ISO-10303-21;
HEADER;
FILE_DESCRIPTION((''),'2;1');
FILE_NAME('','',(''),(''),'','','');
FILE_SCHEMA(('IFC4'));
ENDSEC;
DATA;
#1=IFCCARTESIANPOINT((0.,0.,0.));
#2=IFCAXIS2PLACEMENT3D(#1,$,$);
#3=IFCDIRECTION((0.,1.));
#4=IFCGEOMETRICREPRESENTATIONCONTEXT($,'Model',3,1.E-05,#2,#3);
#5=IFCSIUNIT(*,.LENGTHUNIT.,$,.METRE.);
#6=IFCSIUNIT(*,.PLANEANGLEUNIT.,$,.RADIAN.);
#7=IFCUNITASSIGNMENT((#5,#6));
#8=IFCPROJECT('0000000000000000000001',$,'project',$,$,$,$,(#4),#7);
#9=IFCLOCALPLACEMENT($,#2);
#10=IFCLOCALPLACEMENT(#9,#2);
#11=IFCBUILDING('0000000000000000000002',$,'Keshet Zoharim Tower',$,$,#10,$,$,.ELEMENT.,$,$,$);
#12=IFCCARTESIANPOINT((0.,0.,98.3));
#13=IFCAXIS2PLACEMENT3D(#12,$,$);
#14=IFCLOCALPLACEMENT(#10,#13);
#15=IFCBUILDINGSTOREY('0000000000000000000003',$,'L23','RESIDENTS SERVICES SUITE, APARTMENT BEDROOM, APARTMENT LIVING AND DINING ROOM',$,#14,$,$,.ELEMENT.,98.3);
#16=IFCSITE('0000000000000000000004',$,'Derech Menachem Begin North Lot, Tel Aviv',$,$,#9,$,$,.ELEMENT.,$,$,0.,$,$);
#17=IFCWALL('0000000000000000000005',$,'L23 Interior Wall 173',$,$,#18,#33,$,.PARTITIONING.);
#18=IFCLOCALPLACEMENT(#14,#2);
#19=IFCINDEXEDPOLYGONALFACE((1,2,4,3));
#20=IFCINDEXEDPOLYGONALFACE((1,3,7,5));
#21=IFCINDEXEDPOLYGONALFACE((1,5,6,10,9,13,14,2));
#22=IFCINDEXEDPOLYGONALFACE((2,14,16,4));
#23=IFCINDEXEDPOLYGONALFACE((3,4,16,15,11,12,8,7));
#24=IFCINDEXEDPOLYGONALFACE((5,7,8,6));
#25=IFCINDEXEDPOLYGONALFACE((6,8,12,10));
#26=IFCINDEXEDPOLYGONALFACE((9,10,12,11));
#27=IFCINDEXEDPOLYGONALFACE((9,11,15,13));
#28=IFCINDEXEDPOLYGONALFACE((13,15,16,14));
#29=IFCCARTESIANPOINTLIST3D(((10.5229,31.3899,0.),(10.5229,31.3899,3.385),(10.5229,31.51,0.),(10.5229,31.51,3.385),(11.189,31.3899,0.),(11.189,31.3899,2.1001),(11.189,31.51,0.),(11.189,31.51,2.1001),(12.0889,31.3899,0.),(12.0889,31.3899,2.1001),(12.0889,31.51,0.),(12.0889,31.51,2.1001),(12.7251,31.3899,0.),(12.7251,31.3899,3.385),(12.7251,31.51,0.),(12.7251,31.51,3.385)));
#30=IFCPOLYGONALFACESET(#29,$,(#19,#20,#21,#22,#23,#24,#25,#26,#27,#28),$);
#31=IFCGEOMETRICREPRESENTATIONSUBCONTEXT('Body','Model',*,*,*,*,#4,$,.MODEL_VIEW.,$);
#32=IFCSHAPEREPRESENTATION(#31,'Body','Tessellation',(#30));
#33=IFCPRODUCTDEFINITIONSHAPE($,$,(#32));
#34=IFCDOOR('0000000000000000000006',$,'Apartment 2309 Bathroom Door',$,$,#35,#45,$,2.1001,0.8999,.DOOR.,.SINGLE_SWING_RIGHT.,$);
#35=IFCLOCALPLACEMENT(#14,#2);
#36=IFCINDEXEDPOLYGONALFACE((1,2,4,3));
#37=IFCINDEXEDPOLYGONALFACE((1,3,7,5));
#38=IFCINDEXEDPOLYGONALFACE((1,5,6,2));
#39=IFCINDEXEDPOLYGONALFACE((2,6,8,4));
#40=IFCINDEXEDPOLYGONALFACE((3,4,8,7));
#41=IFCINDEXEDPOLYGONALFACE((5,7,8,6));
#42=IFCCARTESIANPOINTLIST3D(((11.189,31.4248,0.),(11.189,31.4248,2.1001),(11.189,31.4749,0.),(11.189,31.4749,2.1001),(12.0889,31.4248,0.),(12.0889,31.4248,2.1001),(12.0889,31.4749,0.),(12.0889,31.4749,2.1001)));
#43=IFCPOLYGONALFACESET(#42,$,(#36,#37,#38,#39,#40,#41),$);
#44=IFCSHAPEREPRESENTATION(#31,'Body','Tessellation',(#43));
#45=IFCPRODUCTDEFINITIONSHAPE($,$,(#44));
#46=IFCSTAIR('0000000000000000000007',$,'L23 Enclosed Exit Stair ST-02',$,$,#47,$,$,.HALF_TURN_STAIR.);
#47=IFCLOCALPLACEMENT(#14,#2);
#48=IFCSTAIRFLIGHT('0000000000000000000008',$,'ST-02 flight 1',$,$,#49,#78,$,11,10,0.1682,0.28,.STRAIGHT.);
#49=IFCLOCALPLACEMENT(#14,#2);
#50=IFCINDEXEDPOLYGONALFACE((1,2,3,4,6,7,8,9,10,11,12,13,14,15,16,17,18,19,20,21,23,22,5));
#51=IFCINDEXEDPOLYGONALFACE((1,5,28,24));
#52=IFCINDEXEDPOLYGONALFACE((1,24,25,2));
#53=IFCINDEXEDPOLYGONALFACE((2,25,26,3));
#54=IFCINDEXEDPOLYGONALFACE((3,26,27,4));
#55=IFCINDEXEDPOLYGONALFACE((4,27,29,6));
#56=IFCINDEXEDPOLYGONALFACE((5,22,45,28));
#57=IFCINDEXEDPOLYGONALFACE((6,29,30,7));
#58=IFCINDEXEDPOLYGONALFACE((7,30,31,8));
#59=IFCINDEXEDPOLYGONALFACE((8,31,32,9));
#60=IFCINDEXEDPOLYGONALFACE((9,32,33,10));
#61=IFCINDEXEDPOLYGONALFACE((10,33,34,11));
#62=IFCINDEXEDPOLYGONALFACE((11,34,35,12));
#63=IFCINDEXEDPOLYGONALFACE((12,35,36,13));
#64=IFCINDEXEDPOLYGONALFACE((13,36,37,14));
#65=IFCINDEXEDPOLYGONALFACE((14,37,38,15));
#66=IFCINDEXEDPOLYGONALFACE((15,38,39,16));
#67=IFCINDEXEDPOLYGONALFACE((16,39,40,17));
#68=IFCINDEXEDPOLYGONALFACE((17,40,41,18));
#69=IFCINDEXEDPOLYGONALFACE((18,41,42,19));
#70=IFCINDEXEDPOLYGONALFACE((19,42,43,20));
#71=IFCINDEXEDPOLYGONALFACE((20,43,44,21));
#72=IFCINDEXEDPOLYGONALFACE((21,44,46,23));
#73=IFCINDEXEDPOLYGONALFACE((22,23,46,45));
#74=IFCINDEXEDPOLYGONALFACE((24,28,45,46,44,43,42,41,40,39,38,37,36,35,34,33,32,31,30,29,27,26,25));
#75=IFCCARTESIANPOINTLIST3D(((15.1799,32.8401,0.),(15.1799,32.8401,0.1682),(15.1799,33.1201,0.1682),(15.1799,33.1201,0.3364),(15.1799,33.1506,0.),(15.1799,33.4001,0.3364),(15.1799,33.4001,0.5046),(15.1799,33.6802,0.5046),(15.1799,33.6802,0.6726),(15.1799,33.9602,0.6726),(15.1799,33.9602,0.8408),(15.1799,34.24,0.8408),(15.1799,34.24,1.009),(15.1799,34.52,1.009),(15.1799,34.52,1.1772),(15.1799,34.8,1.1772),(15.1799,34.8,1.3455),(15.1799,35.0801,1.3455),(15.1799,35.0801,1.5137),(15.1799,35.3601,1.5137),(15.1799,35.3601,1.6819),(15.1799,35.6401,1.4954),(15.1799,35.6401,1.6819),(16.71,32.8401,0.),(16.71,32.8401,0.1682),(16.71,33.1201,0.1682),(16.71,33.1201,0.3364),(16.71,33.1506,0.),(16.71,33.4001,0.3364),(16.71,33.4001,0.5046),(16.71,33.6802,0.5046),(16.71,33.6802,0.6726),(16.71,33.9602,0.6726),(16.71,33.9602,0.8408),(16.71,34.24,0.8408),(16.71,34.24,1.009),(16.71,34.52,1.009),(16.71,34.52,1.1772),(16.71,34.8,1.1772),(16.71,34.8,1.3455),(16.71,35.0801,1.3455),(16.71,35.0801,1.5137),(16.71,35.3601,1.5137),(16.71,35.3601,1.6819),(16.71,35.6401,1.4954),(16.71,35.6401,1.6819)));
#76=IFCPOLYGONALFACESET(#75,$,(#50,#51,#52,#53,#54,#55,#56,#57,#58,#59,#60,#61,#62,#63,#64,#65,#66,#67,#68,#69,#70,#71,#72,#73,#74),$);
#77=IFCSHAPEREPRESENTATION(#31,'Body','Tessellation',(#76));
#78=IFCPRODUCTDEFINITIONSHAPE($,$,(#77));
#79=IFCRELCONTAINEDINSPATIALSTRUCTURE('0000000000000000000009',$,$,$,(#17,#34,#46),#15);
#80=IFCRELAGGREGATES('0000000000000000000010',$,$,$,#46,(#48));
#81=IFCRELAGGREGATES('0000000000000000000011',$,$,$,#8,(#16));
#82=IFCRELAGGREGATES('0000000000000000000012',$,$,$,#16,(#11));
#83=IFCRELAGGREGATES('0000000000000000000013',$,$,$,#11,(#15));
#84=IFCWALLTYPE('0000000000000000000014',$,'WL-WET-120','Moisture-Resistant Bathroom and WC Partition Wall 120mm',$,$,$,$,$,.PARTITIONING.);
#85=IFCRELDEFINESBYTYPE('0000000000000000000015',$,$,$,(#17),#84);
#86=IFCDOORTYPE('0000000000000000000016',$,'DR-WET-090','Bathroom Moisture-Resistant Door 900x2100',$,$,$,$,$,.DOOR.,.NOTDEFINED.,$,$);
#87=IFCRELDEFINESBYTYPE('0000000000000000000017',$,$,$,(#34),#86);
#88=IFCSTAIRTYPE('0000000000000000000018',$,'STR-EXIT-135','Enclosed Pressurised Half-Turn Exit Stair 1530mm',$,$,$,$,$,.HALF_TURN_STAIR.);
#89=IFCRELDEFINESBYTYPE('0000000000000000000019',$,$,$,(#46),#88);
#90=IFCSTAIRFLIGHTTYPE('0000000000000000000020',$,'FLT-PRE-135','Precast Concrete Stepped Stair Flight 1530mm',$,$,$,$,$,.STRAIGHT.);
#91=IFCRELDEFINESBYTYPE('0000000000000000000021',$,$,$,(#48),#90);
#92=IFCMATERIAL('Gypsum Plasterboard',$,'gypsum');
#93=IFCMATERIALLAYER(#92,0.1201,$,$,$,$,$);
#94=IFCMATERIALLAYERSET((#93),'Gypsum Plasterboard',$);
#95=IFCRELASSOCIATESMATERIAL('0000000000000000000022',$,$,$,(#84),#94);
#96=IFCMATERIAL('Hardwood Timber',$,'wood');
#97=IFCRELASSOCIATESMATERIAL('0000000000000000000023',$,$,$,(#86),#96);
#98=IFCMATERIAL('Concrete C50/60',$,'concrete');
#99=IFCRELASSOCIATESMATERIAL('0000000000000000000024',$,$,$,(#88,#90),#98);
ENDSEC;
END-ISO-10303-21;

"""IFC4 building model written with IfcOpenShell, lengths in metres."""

from ifc_helpers import new_model, si_unit, direction, frame, frame_2d, origin, place, context, subcontext, project, spatial, polyline, rectangle, outline, extrude, material, layer, layer_set, type_object, element, fill, aggregate, save


model = new_model("IFC4")

# Units and contexts
model_context = context("Model", 3, precision=1e-05, world=origin(), true_north=direction((0.0, 1.0)))
body_context = subcontext(model_context, "Body", "Model", "MODEL_VIEW")
ifc_project = project(units=[si_unit("LENGTHUNIT", "METRE"), si_unit("PLANEANGLEUNIT", "RADIAN")], contexts=[model_context])

# Site, building, storey
site_placement = place(None, origin())
site = spatial("IfcSite", under=ifc_project, at=site_placement, Name="Derech Menachem Begin North Lot, Tel Aviv", CompositionType="ELEMENT", RefElevation=0.0)
building_placement = place(site_placement, origin())
building = spatial("IfcBuilding", under=site, at=building_placement, Name="Keshet Zoharim Tower", CompositionType="ELEMENT")
storey_placement = place(building_placement, frame((0.0, 0.0, 98.3)))
storey = spatial("IfcBuildingStorey", under=building, at=storey_placement, Name="L23", Description="RESIDENTS SERVICES SUITE, APARTMENT BEDROOM, APARTMENT LIVING AND DINING ROOM", CompositionType="ELEMENT", Elevation=98.3)

# Shared definitions
ifc_material_1 = material(Name="Hardwood Timber", Category="wood")

# Shared definitions
ifc_material_2 = material(Name="Gypsum Plasterboard", Category="gypsum")

# Shared definitions
ifc_layer_1 = layer(ifc_material_2, 0.1201)
ifc_layer_set_1 = layer_set([ifc_layer_1], Name="Gypsum Plasterboard")
wall_type_1 = type_object("IfcWallType", Name="WL-WET-120", Description="Moisture-Resistant Bathroom and WC Partition Wall 120mm", PredefinedType="PARTITIONING", material=ifc_layer_set_1)

# Wall, opening, door
wall_1_placement = place(storey_placement, frame((10.5229, 31.45, 0.0), z_axis=(0.0, 0.0, 1.0), x_axis=(1.0, 0.0, 0.0)))
wall_1 = element("IfcWall", 1, at=wall_1_placement, inside=storey, type_object=wall_type_1, Name="L23 Interior Wall 173", PredefinedType="PARTITIONING", context=body_context, shape_type="SweptSolid", body=[
    extrude(rectangle(XDim=2.2021, YDim=0.1201, at=frame_2d((1.1011, 0.0))), origin(), (0.0, 0.0, 1.0), 3.385),
])
opening_1_placement = place(wall_1_placement, frame((0.666, 0.0, 0.0)))
opening_1 = element("IfcOpeningElement", 2, at=opening_1_placement, cuts=wall_1, PredefinedType="OPENING", context=body_context, shape_type="SweptSolid", body=[
    extrude(rectangle(XDim=0.8999, YDim=2.1001, at=frame_2d((0.45, 1.05))), frame((0.0, 0.0701, 0.0), z_axis=(0.0, -1.0, 0.0), x_axis=(1.0, 0.0, 0.0)), (0.0, 0.0, 1.0), 0.1401),
])
door_type_1 = type_object("IfcDoorType", Name="DR-WET-090", Description="Bathroom Moisture-Resistant Door 900x2100", OperationType="NOTDEFINED", PredefinedType="DOOR", material=ifc_material_1)
door_1_placement = place(opening_1_placement, origin())
door_1 = element("IfcDoor", 3, at=door_1_placement, inside=storey, type_object=door_type_1, Name="Apartment 2309 Bathroom Door", OperationType="SINGLE_SWING_RIGHT", OverallHeight=2.1001, OverallWidth=0.8999, PredefinedType="DOOR", context=body_context, shape_type="SweptSolid", body=[
    extrude(rectangle(XDim=0.8999, YDim=2.1001, at=frame_2d((0.45, 1.05))), frame((0.0, 0.0249, 0.0), z_axis=(0.0, -1.0, 0.0), x_axis=(1.0, 0.0, 0.0)), (0.0, 0.0, 1.0), 0.05),
])
fill(opening_1, door_1)

# Stair, stair flight
ifc_material_3 = material(Name="Concrete C50/60", Category="concrete")
stair_type = type_object("IfcStairType", Name="STR-EXIT-135", Description="Enclosed Pressurised Half-Turn Exit Stair 1530mm", PredefinedType="HALF_TURN_STAIR", material=ifc_material_3)
stair_placement = place(storey_placement, origin())
stair = element("IfcStair", 4, at=stair_placement, inside=storey, type_object=stair_type, Name="L23 Enclosed Exit Stair ST-02", PredefinedType="HALF_TURN_STAIR")
stair_flight_type = type_object("IfcStairFlightType", Name="FLT-PRE-135", Description="Precast Concrete Stepped Stair Flight 1530mm", PredefinedType="STRAIGHT", material=ifc_material_3)
stair_flight_placement = place(storey_placement, frame((15.9451, 32.8401, 0.0), z_axis=(0.0, 0.0, 1.0), x_axis=(0.0, 1.0, 0.0)))
stair_flight = element("IfcStairFlight", 5, at=stair_flight_placement, type_object=stair_flight_type, Name="ST-02 flight 1", NumberOfRisers=11, NumberOfTreads=10, PredefinedType="STRAIGHT", RiserHeight=0.1682, TreadLength=0.28, context=body_context, shape_type="SweptSolid", body=[
    extrude(outline(polyline([(0.0, 0.0), (0.0, 0.1682), (0.28, 0.1682), (0.28, 0.3364), (0.5601, 0.3364), (0.5601, 0.5046), (0.8401, 0.5046), (0.8401, 0.6726), (1.1201, 0.6726), (1.1201, 0.8408), (1.3999, 0.8408), (1.3999, 1.009), (1.6799, 1.009), (1.6799, 1.1772), (1.96, 1.1772), (1.96, 1.3455), (2.24, 1.3455), (2.24, 1.5137), (2.52, 1.5137), (2.52, 1.6819), (2.8, 1.6819), (2.8, 1.8501), (2.8, 1.4954), (0.3105, 0.0), (0.0, 0.0)])), frame((0.0, 0.7651, 0.0), z_axis=(0.0, -1.0, 0.0), x_axis=(1.0, 0.0, 0.0)), (0.0, 0.0, 1.0), 1.53),
])
aggregate(stair, [stair_flight])

save(model, "model.ifc")
